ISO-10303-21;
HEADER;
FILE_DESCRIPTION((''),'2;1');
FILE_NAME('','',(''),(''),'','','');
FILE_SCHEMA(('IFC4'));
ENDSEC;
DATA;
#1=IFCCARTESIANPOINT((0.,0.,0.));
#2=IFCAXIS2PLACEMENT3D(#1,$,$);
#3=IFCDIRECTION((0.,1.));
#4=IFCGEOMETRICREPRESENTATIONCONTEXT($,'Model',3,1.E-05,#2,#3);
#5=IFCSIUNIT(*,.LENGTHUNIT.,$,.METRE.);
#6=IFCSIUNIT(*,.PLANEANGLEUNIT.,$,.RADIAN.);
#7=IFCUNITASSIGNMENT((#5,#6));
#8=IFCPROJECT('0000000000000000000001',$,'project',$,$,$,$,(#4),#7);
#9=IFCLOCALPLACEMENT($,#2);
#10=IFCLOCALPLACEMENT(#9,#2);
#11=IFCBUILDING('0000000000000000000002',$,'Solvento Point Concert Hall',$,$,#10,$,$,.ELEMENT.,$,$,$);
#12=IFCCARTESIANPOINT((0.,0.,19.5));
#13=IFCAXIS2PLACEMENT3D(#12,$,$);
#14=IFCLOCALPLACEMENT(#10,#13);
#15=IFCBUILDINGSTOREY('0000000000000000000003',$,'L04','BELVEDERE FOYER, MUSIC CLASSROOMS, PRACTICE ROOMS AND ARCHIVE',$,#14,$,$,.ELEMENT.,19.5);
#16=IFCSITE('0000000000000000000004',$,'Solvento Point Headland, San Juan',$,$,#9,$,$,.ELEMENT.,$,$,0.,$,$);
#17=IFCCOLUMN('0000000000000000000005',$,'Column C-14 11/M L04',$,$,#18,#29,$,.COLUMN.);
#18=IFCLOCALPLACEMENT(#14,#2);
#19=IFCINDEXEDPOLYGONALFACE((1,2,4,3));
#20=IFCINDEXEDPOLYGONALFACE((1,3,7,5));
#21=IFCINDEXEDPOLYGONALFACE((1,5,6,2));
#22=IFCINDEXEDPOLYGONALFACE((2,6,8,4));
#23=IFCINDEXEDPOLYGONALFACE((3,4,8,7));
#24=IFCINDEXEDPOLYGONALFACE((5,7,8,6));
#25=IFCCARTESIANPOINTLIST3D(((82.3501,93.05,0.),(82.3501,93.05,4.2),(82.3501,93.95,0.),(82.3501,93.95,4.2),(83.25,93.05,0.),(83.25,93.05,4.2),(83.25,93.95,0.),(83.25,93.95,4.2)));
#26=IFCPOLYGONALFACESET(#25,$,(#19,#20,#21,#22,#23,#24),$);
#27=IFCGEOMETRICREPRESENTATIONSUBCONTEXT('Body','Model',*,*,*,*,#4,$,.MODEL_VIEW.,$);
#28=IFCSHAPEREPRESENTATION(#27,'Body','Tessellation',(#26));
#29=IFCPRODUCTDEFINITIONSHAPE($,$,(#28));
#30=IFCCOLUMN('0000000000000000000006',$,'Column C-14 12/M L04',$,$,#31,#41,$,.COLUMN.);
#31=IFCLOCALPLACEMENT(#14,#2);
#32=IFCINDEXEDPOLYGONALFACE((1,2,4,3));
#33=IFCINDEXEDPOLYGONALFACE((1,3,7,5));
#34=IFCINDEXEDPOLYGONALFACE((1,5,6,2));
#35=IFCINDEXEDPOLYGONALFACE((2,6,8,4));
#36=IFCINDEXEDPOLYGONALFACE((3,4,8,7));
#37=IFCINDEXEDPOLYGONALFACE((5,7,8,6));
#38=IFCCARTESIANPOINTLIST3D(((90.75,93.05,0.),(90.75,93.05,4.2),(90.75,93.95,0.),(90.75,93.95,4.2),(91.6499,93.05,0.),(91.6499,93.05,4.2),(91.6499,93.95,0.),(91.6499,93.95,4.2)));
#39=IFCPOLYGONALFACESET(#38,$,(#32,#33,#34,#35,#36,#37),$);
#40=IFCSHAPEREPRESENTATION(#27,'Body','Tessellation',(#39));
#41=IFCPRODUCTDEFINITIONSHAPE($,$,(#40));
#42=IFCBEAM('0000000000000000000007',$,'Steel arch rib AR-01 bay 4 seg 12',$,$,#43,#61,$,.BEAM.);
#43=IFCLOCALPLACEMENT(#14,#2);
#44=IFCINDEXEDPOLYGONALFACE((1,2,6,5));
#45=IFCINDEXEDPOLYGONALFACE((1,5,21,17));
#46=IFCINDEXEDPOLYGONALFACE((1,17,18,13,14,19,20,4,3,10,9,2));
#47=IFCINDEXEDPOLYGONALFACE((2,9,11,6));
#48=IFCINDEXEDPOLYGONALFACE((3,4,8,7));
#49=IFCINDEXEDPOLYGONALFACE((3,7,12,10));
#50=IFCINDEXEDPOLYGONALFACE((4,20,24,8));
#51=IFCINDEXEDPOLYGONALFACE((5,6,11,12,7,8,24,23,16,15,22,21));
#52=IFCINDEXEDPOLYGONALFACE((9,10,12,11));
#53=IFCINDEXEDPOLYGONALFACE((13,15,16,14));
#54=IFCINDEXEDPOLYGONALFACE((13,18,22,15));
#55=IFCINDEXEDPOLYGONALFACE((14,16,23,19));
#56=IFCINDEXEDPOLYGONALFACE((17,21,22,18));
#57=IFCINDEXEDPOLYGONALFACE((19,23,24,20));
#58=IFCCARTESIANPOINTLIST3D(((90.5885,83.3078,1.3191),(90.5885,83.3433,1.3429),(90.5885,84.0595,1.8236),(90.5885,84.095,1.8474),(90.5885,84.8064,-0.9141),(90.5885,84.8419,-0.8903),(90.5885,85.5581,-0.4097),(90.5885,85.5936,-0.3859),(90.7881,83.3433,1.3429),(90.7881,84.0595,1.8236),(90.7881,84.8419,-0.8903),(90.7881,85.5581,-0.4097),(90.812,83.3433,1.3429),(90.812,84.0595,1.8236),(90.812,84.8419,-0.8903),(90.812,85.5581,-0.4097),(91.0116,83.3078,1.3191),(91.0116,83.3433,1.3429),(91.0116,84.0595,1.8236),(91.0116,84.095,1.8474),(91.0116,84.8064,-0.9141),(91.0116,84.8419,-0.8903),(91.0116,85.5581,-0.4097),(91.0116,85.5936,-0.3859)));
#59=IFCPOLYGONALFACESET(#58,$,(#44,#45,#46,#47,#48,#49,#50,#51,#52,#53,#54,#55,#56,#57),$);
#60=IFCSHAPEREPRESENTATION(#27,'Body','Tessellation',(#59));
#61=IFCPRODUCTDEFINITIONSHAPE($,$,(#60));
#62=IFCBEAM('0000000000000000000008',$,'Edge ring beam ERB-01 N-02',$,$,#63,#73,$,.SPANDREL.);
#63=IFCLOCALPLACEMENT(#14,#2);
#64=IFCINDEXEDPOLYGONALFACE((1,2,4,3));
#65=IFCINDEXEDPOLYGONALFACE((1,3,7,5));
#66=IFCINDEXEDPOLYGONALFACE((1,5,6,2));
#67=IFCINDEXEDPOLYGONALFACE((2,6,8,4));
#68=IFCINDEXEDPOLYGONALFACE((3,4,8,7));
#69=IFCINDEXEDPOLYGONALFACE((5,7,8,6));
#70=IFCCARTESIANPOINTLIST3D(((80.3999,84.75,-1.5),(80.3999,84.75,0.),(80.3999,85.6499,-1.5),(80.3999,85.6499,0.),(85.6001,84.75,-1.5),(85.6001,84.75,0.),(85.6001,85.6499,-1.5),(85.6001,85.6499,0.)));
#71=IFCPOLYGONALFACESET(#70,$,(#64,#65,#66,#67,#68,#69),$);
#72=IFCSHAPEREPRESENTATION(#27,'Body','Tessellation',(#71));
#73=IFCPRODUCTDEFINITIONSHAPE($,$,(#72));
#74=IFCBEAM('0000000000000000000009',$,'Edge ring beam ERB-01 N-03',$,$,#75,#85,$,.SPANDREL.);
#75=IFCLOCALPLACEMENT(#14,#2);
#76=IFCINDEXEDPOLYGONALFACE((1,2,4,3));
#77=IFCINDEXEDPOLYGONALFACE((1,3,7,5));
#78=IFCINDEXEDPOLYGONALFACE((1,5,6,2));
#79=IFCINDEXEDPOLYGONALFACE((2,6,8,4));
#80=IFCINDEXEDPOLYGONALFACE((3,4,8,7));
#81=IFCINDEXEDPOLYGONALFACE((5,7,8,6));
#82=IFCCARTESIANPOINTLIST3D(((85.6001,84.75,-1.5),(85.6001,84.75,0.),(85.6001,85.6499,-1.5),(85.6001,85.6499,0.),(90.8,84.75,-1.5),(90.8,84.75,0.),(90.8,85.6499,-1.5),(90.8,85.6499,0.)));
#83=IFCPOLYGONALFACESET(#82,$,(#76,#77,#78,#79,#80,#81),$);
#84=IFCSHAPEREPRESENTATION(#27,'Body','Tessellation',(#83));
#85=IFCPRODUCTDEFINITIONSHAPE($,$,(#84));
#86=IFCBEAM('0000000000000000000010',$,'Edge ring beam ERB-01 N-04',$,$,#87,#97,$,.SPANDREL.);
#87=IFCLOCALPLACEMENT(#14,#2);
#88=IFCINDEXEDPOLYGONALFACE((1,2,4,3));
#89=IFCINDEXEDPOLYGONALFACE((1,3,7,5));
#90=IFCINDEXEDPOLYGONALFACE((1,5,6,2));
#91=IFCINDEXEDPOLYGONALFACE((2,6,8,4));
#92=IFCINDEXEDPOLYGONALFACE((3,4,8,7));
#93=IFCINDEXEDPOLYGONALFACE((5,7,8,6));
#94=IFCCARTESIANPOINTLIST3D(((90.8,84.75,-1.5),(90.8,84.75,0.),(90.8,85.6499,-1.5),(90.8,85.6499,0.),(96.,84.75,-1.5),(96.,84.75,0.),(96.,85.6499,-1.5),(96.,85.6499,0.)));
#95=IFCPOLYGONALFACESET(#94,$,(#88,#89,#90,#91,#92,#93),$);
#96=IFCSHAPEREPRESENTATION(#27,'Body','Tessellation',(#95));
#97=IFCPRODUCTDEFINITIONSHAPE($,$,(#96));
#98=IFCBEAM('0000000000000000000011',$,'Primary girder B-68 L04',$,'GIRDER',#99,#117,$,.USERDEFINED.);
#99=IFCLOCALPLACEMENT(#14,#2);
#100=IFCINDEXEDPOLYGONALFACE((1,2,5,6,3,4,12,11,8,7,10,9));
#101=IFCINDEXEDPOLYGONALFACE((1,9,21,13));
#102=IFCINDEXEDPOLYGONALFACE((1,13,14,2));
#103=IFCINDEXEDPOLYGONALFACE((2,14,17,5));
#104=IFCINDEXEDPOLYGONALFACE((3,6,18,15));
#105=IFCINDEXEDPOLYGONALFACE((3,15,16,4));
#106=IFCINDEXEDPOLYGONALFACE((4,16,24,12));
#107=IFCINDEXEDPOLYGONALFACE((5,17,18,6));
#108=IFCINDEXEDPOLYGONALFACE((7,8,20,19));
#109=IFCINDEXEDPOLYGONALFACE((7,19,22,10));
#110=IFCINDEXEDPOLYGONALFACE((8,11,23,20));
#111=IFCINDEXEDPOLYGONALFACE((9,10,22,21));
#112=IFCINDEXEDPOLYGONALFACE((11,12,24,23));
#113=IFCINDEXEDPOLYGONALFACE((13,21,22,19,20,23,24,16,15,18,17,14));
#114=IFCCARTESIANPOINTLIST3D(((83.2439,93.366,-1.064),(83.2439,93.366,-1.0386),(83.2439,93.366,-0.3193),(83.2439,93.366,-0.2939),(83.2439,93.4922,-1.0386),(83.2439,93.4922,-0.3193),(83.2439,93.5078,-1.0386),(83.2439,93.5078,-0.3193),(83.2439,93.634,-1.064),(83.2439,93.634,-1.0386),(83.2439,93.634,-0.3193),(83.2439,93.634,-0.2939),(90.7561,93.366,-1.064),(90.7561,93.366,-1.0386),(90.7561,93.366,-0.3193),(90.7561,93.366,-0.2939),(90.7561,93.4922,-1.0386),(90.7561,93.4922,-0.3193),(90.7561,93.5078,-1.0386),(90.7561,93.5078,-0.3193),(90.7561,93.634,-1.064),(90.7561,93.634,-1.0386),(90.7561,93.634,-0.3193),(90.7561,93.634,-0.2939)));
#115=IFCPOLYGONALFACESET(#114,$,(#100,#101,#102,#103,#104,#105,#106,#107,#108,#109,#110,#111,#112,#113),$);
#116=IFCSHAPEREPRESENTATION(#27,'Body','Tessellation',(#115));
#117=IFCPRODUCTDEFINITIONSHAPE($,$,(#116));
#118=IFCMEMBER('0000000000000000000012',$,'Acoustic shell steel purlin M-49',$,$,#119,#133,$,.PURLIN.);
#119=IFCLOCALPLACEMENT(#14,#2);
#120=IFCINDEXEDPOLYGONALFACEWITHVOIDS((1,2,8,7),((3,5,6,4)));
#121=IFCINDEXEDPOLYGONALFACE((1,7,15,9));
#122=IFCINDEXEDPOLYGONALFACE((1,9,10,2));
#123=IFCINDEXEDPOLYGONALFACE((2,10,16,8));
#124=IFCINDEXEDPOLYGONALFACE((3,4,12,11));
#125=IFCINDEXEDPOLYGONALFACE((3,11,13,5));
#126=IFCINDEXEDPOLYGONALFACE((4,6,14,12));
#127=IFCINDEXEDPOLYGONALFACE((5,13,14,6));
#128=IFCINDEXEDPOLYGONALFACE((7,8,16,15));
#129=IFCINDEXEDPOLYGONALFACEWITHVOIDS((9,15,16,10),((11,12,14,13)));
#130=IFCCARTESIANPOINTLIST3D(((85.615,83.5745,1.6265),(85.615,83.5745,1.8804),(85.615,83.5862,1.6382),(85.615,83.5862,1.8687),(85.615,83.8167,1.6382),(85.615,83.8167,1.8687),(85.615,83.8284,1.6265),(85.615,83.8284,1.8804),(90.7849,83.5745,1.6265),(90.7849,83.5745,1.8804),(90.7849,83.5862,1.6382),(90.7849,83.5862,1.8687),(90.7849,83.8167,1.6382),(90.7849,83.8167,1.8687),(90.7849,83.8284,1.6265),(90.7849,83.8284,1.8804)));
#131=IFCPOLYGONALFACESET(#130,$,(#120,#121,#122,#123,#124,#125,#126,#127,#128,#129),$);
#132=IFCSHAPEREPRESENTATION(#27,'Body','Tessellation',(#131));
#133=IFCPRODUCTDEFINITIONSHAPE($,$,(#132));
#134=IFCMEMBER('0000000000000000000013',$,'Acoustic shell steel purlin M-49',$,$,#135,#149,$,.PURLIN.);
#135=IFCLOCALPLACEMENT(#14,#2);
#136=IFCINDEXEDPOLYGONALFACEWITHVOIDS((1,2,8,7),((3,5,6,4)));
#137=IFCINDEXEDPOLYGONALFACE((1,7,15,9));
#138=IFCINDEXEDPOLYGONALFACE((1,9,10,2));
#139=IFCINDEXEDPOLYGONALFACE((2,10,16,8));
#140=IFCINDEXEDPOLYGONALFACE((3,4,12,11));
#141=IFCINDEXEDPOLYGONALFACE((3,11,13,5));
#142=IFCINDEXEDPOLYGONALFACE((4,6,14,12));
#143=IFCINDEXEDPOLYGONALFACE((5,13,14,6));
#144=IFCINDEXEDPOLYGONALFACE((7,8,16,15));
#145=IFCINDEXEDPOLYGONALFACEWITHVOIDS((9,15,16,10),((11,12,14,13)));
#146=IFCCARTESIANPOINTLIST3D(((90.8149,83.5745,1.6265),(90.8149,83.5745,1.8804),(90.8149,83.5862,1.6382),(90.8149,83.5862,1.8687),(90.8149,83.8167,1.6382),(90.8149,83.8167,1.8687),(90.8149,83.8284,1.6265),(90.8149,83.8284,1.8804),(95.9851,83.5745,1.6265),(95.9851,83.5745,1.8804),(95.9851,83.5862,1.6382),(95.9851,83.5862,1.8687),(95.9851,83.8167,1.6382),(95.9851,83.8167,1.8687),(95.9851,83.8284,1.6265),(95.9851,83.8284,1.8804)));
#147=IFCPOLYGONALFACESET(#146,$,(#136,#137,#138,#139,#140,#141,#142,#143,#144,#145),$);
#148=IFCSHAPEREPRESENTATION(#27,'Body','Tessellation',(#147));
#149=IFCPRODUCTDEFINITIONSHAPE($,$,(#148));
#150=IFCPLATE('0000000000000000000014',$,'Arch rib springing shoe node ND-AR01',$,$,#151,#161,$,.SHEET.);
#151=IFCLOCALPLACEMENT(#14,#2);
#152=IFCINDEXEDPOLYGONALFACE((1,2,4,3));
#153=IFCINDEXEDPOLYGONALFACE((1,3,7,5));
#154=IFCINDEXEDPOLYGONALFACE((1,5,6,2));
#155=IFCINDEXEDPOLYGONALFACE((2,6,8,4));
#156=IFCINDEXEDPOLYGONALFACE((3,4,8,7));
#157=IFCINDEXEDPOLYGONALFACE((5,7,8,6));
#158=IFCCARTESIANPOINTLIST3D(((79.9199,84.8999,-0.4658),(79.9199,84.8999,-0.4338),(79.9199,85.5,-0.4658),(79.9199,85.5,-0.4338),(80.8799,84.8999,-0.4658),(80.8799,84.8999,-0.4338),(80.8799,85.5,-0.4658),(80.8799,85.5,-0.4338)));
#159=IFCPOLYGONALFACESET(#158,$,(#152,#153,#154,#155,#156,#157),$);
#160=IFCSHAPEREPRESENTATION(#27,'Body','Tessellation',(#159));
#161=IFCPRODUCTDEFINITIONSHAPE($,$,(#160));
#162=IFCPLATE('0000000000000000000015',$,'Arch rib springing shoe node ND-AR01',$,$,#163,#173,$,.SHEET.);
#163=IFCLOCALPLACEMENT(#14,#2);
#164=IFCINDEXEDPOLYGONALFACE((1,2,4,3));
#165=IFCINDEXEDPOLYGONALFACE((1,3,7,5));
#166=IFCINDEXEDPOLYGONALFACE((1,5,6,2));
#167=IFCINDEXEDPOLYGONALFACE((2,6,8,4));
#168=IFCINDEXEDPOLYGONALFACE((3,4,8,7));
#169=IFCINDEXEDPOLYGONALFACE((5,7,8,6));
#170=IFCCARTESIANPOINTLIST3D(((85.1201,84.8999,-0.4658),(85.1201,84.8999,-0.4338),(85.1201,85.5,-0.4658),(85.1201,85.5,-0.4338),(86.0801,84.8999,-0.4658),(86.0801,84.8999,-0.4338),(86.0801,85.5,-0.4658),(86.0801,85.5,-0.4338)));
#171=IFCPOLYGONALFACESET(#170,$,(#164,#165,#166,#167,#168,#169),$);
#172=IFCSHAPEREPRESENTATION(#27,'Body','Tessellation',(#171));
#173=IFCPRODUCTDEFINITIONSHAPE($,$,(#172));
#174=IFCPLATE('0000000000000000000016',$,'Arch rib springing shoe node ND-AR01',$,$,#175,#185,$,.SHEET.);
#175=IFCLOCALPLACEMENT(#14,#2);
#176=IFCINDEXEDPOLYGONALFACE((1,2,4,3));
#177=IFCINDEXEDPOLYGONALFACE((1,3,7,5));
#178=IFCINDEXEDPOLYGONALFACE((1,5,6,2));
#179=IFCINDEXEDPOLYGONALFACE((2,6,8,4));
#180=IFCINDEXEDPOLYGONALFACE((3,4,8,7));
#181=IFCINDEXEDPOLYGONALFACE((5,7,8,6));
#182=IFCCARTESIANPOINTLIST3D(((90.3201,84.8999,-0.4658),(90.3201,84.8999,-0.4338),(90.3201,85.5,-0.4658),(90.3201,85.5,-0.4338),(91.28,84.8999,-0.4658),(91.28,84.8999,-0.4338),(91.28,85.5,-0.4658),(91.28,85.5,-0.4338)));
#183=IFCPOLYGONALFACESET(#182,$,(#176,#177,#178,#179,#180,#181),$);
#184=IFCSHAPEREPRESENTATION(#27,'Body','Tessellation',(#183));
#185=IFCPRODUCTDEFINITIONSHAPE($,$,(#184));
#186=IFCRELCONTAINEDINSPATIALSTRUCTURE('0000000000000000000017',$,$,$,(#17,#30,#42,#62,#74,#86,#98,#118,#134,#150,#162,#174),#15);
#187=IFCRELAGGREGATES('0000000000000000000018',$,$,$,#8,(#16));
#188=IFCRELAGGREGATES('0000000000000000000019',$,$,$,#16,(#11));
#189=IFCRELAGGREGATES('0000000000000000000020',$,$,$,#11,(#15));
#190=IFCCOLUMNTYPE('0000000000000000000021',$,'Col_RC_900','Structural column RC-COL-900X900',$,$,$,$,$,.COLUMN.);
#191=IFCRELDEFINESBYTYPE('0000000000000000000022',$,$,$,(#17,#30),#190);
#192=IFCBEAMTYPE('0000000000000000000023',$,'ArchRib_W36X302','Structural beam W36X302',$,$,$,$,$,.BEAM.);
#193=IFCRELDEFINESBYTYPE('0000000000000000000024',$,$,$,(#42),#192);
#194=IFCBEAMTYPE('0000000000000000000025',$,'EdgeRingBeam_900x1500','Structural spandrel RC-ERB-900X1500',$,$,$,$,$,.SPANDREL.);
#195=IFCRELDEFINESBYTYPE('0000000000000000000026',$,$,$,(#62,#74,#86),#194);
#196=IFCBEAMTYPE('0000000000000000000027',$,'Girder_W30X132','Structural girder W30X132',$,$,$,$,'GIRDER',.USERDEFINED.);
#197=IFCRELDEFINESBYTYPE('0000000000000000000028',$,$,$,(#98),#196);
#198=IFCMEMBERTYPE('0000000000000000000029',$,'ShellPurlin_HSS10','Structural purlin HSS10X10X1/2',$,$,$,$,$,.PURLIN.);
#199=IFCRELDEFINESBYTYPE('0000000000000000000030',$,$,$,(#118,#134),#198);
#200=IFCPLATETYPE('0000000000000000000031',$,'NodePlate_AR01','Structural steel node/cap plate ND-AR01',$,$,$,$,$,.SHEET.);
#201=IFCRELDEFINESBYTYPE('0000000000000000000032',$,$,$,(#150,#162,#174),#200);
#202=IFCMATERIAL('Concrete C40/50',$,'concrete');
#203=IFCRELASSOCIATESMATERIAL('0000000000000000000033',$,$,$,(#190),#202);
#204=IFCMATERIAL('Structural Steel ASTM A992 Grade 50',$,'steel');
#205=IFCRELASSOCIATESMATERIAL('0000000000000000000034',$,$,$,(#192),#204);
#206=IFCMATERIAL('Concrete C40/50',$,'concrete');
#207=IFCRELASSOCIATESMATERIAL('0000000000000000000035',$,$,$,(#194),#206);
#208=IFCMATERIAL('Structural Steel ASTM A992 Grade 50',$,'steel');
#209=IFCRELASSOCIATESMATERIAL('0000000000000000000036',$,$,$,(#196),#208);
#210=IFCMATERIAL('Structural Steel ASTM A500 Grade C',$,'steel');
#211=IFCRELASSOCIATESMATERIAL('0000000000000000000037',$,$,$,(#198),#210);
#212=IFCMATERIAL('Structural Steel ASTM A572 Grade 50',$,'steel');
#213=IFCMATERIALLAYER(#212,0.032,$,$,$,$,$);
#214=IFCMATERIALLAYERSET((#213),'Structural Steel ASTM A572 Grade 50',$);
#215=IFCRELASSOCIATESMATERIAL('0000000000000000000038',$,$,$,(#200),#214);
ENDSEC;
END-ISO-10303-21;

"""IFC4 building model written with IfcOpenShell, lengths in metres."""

from ifc_helpers import new_model, si_unit, direction, frame, origin, origin_2d, place, context, subcontext, project, spatial, rectangle, hollow_rectangle, i_section, extrude, material, layer, layer_set, material_profile, profile_set, type_object, element, save


model = new_model("IFC4")

# Units and contexts
model_context = context("Model", 3, precision=1e-05, world=origin(), true_north=direction((0.0, 1.0)))
body_context = subcontext(model_context, "Body", "Model", "MODEL_VIEW")
ifc_project = project(units=[si_unit("LENGTHUNIT", "METRE"), si_unit("PLANEANGLEUNIT", "RADIAN")], contexts=[model_context])

# Site, building, storey
site_placement = place(None, origin())
site = spatial("IfcSite", under=ifc_project, at=site_placement, Name="Solvento Point Headland, San Juan", CompositionType="ELEMENT", RefElevation=0.0)
building_placement = place(site_placement, origin())
building = spatial("IfcBuilding", under=site, at=building_placement, Name="Solvento Point Concert Hall", CompositionType="ELEMENT")
storey_placement = place(building_placement, frame((0.0, 0.0, 19.5)))
storey = spatial("IfcBuildingStorey", under=building, at=storey_placement, Name="L04", Description="BELVEDERE FOYER, MUSIC CLASSROOMS, PRACTICE ROOMS AND ARCHIVE", CompositionType="ELEMENT", Elevation=19.5)

# Columns
ifc_material_1 = material(Name="Concrete C40/50", Category="concrete")
ifc_material_profile_1 = material_profile(ifc_material_1, rectangle(XDim=0.8999, YDim=0.8999, at=origin_2d()), Name="RC-COL-900X900")
ifc_profile_set_1 = profile_set([ifc_material_profile_1], Name="Concrete C40/50")
column_type = type_object("IfcColumnType", Name="Col_RC_900", Description="Structural column RC-COL-900X900", PredefinedType="COLUMN", material=ifc_profile_set_1)
for number, where, z_axis, x_axis, name in (
    (1, (82.8, 93.5, 0.0), (0.0, 0.0, 1.0), (1.0, 0.0, 0.0), "Column C-14 11/M L04"),
    (2, (91.2, 93.5, 0.0), (0.0, 0.0, 1.0), (1.0, 0.0, 0.0), "Column C-14 12/M L04"),
):
    element("IfcColumn", number, at=place(storey_placement, frame(where, z_axis=z_axis, x_axis=x_axis)), inside=storey, type_object=column_type, Name=name, PredefinedType="COLUMN", context=body_context, shape_type="SweptSolid", body=[
        extrude(rectangle(XDim=0.8999, YDim=0.8999, at=origin_2d()), origin(), (0.0, 0.0, 1.0), 4.2),
    ])

# Beams
ifc_material_2 = material(Name="Structural Steel ASTM A992 Grade 50", Category="steel")
ifc_material_profile_2 = material_profile(ifc_material_2, i_section(OverallWidth=0.4231, OverallDepth=0.948, WebThickness=0.0239, FlangeThickness=0.0427, at=origin_2d()), Name="W36X302")
ifc_profile_set_2 = profile_set([ifc_material_profile_2], Name="Structural Steel ASTM A992 Grade 50")
beam_type_1 = type_object("IfcBeamType", Name="ArchRib_W36X302", Description="Structural beam W36X302", PredefinedType="BEAM", material=ifc_profile_set_2)
beam_1_placement = place(storey_placement, frame((90.8, 83.7014, 1.5833), z_axis=(0.0, 0.557212, -0.830371), x_axis=(-1.0, 0.0, 0.0)))
element("IfcBeam", 3, at=beam_1_placement, inside=storey, type_object=beam_type_1, Name="Steel arch rib AR-01 bay 4 seg 12", PredefinedType="BEAM", context=body_context, shape_type="SweptSolid", body=[
    extrude(i_section(OverallWidth=0.4231, OverallDepth=0.948, WebThickness=0.0239, FlangeThickness=0.0427, at=origin_2d()), origin(), (0.0, 0.0, 1.0), 2.6895),
])
ifc_material_3 = material(Name="Concrete C40/50", Category="concrete")
ifc_material_profile_3 = material_profile(ifc_material_3, rectangle(XDim=0.8999, YDim=1.5, at=origin_2d()), Name="RC-ERB-900X1500")
ifc_profile_set_3 = profile_set([ifc_material_profile_3], Name="Concrete C40/50")
beam_type_2 = type_object("IfcBeamType", Name="EdgeRingBeam_900x1500", Description="Structural spandrel RC-ERB-900X1500", PredefinedType="SPANDREL", material=ifc_profile_set_3)
beam_2_placement = place(storey_placement, frame((80.3999, 85.2, -0.75), z_axis=(1.0, 0.0, 0.0), x_axis=(0.0, 1.0, 0.0)))
element("IfcBeam", 4, at=beam_2_placement, inside=storey, type_object=beam_type_2, Name="Edge ring beam ERB-01 N-02", PredefinedType="SPANDREL", context=body_context, shape_type="SweptSolid", body=[
    extrude(rectangle(XDim=0.8999, YDim=1.5, at=origin_2d()), origin(), (0.0, 0.0, 1.0), 5.2002),
])
for number, where, z_axis, x_axis, name in (
    (5, (85.6001, 85.2, -0.75), (1.0, 0.0, 0.0), (0.0, 1.0, 0.0), "Edge ring beam ERB-01 N-03"),
    (6, (90.8, 85.2, -0.75), (1.0, 0.0, 0.0), (0.0, 1.0, 0.0), "Edge ring beam ERB-01 N-04"),
):
    element("IfcBeam", number, at=place(storey_placement, frame(where, z_axis=z_axis, x_axis=x_axis)), inside=storey, type_object=beam_type_2, Name=name, PredefinedType="SPANDREL", context=body_context, shape_type="SweptSolid", body=[
        extrude(rectangle(XDim=0.8999, YDim=1.5, at=origin_2d()), origin(), (0.0, 0.0, 1.0), 5.2),
    ])
ifc_material_4 = material(Name="Structural Steel ASTM A992 Grade 50", Category="steel")
ifc_material_profile_4 = material_profile(ifc_material_4, i_section(OverallWidth=0.2681, OverallDepth=0.77, WebThickness=0.0156, FlangeThickness=0.0254, at=origin_2d()), Name="W30X132")
ifc_profile_set_4 = profile_set([ifc_material_profile_4], Name="Structural Steel ASTM A992 Grade 50")
beam_type_3 = type_object("IfcBeamType", Name="Girder_W30X132", Description="Structural girder W30X132", ElementType="GIRDER", PredefinedType="USERDEFINED", material=ifc_profile_set_4)
beam_3_placement = place(storey_placement, frame((83.2439, 93.5, -0.679), z_axis=(1.0, 0.0, 0.0), x_axis=(0.0, 1.0, 0.0)))
element("IfcBeam", 7, at=beam_3_placement, inside=storey, type_object=beam_type_3, Name="Primary girder B-68 L04", ObjectType="GIRDER", PredefinedType="USERDEFINED", context=body_context, shape_type="SweptSolid", body=[
    extrude(i_section(OverallWidth=0.2681, OverallDepth=0.77, WebThickness=0.0156, FlangeThickness=0.0254, at=origin_2d()), origin(), (0.0, 0.0, 1.0), 7.5122),
])

# Members
ifc_material_5 = material(Name="Structural Steel ASTM A500 Grade C", Category="steel")
ifc_material_profile_5 = material_profile(ifc_material_5, hollow_rectangle(XDim=0.2539, YDim=0.2539, WallThickness=0.0117, at=origin_2d()), Name="HSS10X10X1/2")
ifc_profile_set_5 = profile_set([ifc_material_profile_5], Name="Structural Steel ASTM A500 Grade C")
member_type = type_object("IfcMemberType", Name="ShellPurlin_HSS10", Description="Structural purlin HSS10X10X1/2", PredefinedType="PURLIN", material=ifc_profile_set_5)
member_1_placement = place(storey_placement, frame((85.615, 83.7014, 1.7534), z_axis=(1.0, 0.0, 0.0), x_axis=(0.0, 1.0, 0.0)))
element("IfcMember", 8, at=member_1_placement, inside=storey, type_object=member_type, Name="Acoustic shell steel purlin M-49", PredefinedType="PURLIN", context=body_context, shape_type="SweptSolid", body=[
    extrude(hollow_rectangle(XDim=0.2539, YDim=0.2539, WallThickness=0.0117, at=origin_2d()), origin(), (0.0, 0.0, 1.0), 5.1699),
])
member_2_placement = place(storey_placement, frame((90.8149, 83.7014, 1.7534), z_axis=(1.0, 0.0, 0.0), x_axis=(0.0, 1.0, 0.0)))
element("IfcMember", 9, at=member_2_placement, inside=storey, type_object=member_type, Name="Acoustic shell steel purlin M-49", PredefinedType="PURLIN", context=body_context, shape_type="SweptSolid", body=[
    extrude(hollow_rectangle(XDim=0.2539, YDim=0.2539, WallThickness=0.0117, at=origin_2d()), origin(), (0.0, 0.0, 1.0), 5.1702),
])

# Plates
ifc_material_6 = material(Name="Structural Steel ASTM A572 Grade 50", Category="steel")
ifc_layer_1 = layer(ifc_material_6, 0.032)
ifc_layer_set_1 = layer_set([ifc_layer_1], Name="Structural Steel ASTM A572 Grade 50")
plate_type = type_object("IfcPlateType", Name="NodePlate_AR01", Description="Structural steel node/cap plate ND-AR01", PredefinedType="SHEET", material=ifc_layer_set_1)
for number, where, z_axis, x_axis, name in (
    (10, (80.3999, 85.2, -0.4658), (0.0, 0.0, 1.0), (1.0, 0.0, 0.0), "Arch rib springing shoe node ND-AR01"),
    (11, (85.6001, 85.2, -0.4658), (0.0, 0.0, 1.0), (1.0, 0.0, 0.0), "Arch rib springing shoe node ND-AR01"),
    (12, (90.8, 85.2, -0.4658), (0.0, 0.0, 1.0), (1.0, 0.0, 0.0), "Arch rib springing shoe node ND-AR01"),
):
    element("IfcPlate", number, at=place(storey_placement, frame(where, z_axis=z_axis, x_axis=x_axis)), inside=storey, type_object=plate_type, Name=name, PredefinedType="SHEET", context=body_context, shape_type="SweptSolid", body=[
        extrude(rectangle(XDim=0.96, YDim=0.6001, at=origin_2d()), origin(), (0.0, 0.0, 1.0), 0.032),
    ])

save(model, "model.ifc")
